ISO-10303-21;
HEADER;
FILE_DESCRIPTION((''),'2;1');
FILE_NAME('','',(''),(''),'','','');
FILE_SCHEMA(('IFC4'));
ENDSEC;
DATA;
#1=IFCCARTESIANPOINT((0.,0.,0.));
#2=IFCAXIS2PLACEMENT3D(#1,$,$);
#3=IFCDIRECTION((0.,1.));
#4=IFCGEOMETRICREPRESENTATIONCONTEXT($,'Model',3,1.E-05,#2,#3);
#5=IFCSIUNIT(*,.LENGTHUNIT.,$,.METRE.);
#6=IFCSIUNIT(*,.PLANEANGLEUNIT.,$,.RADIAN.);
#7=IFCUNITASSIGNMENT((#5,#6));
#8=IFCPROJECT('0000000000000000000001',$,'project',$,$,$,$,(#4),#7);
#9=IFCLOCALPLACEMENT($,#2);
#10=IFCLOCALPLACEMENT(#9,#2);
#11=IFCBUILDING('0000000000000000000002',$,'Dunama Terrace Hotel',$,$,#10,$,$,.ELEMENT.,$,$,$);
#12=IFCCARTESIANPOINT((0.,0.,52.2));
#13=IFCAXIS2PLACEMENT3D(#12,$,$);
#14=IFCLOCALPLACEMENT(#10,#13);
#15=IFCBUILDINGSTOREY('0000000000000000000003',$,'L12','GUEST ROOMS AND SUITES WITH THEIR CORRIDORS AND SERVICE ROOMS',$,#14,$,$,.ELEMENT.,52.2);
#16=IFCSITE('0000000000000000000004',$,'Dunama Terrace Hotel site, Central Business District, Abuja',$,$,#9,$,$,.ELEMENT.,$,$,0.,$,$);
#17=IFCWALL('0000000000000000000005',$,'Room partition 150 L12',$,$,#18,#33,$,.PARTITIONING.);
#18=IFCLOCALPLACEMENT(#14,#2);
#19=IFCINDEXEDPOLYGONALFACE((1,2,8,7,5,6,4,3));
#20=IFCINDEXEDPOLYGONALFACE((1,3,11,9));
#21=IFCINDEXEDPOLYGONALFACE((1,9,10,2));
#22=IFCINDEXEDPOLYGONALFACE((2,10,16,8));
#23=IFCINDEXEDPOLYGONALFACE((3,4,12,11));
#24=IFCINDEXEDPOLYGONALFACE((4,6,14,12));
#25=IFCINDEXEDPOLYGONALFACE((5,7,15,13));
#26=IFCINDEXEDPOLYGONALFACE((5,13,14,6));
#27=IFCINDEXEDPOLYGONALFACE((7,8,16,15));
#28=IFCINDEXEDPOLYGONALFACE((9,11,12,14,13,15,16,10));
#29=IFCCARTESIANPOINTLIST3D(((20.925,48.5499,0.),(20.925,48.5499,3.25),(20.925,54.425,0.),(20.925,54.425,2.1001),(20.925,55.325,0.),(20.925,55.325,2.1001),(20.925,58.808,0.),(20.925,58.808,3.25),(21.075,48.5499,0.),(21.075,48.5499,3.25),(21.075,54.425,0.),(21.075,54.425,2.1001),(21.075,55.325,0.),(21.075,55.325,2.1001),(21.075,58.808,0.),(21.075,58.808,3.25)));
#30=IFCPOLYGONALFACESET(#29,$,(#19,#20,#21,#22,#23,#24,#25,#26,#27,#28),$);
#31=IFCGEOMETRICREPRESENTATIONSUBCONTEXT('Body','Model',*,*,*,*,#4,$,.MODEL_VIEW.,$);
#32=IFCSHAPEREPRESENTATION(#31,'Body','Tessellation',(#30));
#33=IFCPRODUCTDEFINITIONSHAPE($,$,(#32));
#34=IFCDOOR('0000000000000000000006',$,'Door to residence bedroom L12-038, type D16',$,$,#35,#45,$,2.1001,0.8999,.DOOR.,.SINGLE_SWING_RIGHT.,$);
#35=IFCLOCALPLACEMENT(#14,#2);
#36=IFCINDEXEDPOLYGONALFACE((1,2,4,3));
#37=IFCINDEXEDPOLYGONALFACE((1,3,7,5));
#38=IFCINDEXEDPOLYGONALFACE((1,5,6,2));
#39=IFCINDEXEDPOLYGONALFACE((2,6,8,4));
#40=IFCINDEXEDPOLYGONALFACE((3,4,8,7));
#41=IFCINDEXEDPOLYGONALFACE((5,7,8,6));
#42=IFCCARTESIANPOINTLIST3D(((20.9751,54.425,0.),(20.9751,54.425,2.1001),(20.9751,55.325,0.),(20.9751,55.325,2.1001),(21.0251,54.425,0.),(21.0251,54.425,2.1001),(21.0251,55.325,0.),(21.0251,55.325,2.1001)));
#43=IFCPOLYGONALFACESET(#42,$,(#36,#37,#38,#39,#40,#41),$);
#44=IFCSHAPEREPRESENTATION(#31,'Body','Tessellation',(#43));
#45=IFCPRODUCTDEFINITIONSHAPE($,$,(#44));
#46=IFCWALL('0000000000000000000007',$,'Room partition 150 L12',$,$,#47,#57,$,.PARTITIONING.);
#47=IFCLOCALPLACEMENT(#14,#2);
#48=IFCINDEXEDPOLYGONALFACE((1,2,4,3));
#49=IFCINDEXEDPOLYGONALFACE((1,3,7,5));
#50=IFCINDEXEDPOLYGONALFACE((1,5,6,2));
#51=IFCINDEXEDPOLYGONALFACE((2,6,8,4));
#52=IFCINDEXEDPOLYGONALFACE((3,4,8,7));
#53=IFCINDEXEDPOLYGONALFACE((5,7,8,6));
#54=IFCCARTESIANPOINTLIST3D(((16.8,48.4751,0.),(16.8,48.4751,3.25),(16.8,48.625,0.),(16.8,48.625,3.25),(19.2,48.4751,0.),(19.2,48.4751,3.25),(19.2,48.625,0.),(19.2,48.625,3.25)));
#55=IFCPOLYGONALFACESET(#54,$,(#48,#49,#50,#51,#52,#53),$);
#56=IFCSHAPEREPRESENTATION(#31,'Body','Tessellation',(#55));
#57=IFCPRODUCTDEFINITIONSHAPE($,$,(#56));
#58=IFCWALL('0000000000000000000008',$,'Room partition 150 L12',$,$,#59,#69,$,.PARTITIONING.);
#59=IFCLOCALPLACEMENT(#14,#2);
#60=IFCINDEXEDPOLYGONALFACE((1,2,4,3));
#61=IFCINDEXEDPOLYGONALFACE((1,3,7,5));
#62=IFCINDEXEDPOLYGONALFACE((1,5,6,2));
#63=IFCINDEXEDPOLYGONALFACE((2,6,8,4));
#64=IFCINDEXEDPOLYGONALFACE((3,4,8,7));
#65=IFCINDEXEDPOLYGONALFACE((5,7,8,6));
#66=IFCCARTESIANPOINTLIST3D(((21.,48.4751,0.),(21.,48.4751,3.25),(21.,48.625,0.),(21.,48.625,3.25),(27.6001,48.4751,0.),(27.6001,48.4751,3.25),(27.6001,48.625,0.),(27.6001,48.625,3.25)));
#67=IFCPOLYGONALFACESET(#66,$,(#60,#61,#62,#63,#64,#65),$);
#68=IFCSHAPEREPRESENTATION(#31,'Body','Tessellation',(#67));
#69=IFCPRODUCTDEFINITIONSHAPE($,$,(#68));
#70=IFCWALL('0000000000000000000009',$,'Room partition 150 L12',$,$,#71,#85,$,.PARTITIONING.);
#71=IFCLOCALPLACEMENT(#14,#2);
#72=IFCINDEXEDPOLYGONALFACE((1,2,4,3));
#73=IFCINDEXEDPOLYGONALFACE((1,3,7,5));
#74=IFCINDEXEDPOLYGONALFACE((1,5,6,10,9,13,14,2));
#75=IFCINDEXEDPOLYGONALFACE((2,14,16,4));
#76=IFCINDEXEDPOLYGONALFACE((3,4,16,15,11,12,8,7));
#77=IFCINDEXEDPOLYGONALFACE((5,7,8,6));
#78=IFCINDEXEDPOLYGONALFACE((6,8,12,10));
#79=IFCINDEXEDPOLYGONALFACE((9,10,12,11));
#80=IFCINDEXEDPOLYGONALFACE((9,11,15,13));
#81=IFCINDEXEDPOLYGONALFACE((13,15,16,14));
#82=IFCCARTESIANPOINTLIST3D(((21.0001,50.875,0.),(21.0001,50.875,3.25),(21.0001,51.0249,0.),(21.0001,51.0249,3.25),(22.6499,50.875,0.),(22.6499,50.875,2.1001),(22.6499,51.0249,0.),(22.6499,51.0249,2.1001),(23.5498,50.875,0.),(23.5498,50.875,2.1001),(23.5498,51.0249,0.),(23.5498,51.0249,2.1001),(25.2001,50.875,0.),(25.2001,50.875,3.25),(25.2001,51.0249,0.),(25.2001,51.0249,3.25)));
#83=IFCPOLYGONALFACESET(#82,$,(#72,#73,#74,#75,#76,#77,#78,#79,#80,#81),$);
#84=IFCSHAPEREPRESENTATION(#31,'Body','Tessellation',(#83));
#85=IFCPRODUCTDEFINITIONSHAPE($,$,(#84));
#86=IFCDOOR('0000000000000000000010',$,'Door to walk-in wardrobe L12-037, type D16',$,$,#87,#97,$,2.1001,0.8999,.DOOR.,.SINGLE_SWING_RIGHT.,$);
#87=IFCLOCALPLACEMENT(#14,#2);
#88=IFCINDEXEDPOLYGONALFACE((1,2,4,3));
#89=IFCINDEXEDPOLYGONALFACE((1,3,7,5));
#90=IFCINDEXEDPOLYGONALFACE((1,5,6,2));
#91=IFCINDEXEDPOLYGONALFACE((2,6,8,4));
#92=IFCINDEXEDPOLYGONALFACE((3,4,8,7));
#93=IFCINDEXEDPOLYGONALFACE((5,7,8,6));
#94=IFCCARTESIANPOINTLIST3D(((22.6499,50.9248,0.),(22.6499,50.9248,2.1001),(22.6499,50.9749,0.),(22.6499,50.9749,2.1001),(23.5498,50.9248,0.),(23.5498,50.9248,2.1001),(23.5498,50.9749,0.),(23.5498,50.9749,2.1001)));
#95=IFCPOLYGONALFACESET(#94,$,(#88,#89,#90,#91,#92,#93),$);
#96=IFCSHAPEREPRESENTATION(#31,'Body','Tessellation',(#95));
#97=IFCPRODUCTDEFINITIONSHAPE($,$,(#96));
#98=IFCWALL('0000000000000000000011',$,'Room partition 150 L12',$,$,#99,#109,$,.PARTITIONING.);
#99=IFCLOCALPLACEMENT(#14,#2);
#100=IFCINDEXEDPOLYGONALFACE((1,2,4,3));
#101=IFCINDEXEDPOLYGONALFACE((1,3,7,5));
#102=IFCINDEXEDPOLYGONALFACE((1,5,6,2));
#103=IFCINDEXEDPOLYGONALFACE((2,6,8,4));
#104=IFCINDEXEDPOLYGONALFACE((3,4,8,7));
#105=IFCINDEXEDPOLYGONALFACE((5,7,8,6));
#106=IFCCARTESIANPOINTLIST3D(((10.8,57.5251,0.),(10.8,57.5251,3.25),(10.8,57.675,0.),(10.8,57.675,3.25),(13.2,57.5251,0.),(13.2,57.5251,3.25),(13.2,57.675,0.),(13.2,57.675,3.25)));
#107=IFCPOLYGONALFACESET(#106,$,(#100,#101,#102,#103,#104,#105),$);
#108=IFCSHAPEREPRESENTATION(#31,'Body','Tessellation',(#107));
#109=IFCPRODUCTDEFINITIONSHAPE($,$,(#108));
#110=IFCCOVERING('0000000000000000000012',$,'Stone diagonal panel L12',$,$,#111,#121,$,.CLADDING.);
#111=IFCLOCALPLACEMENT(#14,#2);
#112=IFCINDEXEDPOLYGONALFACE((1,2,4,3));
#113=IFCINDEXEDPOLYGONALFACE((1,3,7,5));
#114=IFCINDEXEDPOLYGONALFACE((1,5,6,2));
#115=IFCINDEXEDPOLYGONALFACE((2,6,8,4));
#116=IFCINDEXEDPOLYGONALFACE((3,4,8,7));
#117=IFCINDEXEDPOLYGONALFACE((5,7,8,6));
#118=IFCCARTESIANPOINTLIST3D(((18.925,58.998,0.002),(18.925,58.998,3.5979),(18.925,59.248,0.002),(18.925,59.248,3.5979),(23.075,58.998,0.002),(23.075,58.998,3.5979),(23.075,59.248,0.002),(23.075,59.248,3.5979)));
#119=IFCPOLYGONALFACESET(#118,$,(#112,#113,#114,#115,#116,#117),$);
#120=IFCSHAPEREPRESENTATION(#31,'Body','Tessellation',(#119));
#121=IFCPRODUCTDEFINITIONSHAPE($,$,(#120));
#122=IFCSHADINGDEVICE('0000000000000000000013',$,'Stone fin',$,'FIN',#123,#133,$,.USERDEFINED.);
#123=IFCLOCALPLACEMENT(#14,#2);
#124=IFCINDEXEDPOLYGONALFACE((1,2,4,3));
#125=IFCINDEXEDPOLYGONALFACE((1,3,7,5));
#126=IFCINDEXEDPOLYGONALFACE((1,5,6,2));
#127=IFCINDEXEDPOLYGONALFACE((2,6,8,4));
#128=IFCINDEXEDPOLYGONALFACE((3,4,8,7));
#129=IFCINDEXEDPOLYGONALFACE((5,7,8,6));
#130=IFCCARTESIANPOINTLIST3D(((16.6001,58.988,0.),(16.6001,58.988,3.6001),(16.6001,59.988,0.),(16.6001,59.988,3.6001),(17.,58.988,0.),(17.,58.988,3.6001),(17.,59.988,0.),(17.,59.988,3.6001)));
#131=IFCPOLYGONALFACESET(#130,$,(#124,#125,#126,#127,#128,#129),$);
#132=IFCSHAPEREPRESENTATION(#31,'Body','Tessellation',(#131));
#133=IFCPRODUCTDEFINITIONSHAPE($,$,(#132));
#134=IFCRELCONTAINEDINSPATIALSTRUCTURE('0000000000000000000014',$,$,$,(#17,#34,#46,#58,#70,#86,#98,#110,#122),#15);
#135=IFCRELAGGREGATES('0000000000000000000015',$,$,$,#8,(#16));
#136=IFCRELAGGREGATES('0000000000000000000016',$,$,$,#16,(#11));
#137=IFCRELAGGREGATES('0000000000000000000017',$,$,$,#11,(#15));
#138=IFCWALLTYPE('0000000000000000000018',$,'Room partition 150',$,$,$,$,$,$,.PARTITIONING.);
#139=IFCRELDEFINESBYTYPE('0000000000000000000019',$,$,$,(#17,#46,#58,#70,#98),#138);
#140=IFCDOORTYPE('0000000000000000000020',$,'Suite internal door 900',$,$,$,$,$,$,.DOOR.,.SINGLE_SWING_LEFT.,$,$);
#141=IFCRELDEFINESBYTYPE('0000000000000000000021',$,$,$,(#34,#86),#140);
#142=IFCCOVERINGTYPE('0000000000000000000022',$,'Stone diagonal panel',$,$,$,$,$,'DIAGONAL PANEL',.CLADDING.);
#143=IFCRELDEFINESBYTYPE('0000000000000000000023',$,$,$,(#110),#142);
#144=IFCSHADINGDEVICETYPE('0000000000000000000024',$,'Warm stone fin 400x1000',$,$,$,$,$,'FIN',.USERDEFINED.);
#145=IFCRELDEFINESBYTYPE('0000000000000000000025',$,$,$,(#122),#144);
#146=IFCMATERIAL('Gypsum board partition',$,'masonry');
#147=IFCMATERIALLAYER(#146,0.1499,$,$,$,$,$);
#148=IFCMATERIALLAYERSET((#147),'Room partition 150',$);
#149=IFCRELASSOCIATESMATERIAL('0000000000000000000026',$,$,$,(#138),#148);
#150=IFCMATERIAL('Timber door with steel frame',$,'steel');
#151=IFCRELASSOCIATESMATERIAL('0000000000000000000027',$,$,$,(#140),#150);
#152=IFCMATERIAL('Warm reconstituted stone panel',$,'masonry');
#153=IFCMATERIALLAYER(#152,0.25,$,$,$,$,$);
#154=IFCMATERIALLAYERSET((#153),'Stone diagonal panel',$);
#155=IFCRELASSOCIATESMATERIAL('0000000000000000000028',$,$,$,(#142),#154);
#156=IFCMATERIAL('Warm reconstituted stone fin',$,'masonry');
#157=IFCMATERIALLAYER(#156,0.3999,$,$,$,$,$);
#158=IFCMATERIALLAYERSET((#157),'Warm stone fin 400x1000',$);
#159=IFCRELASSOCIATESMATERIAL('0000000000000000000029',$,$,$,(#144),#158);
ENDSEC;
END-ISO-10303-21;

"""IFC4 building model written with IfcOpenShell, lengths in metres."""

from ifc_helpers import new_model, si_unit, direction, frame, frame_2d, origin, origin_2d, place, context, subcontext, project, spatial, rectangle, extrude, material, layer, layer_set, type_object, element, fill, save


model = new_model("IFC4")

# Units and contexts
model_context = context("Model", 3, precision=1e-05, world=origin(), true_north=direction((0.0, 1.0)))
body_context = subcontext(model_context, "Body", "Model", "MODEL_VIEW")
ifc_project = project(units=[si_unit("LENGTHUNIT", "METRE"), si_unit("PLANEANGLEUNIT", "RADIAN")], contexts=[model_context])

# Site, building, storey
site_placement = place(None, origin())
site = spatial("IfcSite", under=ifc_project, at=site_placement, Name="Dunama Terrace Hotel site, Central Business District, Abuja", CompositionType="ELEMENT", RefElevation=0.0)
building_placement = place(site_placement, origin())
building = spatial("IfcBuilding", under=site, at=building_placement, Name="Dunama Terrace Hotel", CompositionType="ELEMENT")
storey_placement = place(building_placement, frame((0.0, 0.0, 52.2)))
storey = spatial("IfcBuildingStorey", under=building, at=storey_placement, Name="L12", Description="GUEST ROOMS AND SUITES WITH THEIR CORRIDORS AND SERVICE ROOMS", CompositionType="ELEMENT", Elevation=52.2)

# Shared definitions
ifc_material_1 = material(Name="Gypsum board partition", Category="masonry")
ifc_layer_1 = layer(ifc_material_1, 0.1499)
ifc_layer_set_1 = layer_set([ifc_layer_1], Name="Room partition 150")
wall_type_1 = type_object("IfcWallType", Name="Room partition 150", PredefinedType="PARTITIONING", material=ifc_layer_set_1)

# Wall, opening, door
wall_1_placement = place(storey_placement, frame((21.0, 48.55, 0.0), z_axis=(0.0, 0.0, 1.0), x_axis=(0.0, 1.0, 0.0)))
wall_1 = element("IfcWall", 1, at=wall_1_placement, inside=storey, type_object=wall_type_1, Name="Room partition 150 L12", PredefinedType="PARTITIONING", context=body_context, shape_type="SweptSolid", body=[
    extrude(rectangle(XDim=10.2581, YDim=0.1499, at=frame_2d((5.1289, 0.0))), origin(), (0.0, 0.0, 1.0), 3.25),
])
opening_1_placement = place(wall_1_placement, frame((5.875, 0.0, 0.0)))
opening_1 = element("IfcOpeningElement", 2, at=opening_1_placement, cuts=wall_1, PredefinedType="OPENING", context=body_context, shape_type="SweptSolid", body=[
    extrude(rectangle(XDim=0.8999, YDim=2.1001, at=frame_2d((0.45, 1.05))), frame((0.0, 0.085, 0.0), z_axis=(0.0, -1.0, 0.0), x_axis=(1.0, 0.0, 0.0)), (0.0, 0.0, 1.0), 0.1699),
])
ifc_material_2 = material(Name="Timber door with steel frame", Category="steel")
door_type_1 = type_object("IfcDoorType", Name="Suite internal door 900", OperationType="SINGLE_SWING_LEFT", PredefinedType="DOOR", material=ifc_material_2)
door_1_placement = place(opening_1_placement, frame((0.8999, 0.0, 0.0), z_axis=(0.0, 0.0, 1.0), x_axis=(-1.0, 0.0, 0.0)))
door_1 = element("IfcDoor", 3, at=door_1_placement, inside=storey, type_object=door_type_1, Name="Door to residence bedroom L12-038, type D16", OperationType="SINGLE_SWING_RIGHT", OverallHeight=2.1001, OverallWidth=0.8999, PredefinedType="DOOR", context=body_context, shape_type="SweptSolid", body=[
    extrude(rectangle(XDim=0.8999, YDim=2.1001, at=frame_2d((0.45, 1.05))), frame((0.0, 0.0251, 0.0), z_axis=(0.0, -1.0, 0.0), x_axis=(1.0, 0.0, 0.0)), (0.0, 0.0, 1.0), 0.05),
])
fill(opening_1, door_1)

# Walls
wall_2_placement = place(storey_placement, frame((16.8, 48.55, 0.0), z_axis=(0.0, 0.0, 1.0), x_axis=(1.0, 0.0, 0.0)))
element("IfcWall", 4, at=wall_2_placement, inside=storey, type_object=wall_type_1, Name="Room partition 150 L12", PredefinedType="PARTITIONING", context=body_context, shape_type="SweptSolid", body=[
    extrude(rectangle(XDim=2.3999, YDim=0.1499, at=frame_2d((1.2, 0.0))), origin(), (0.0, 0.0, 1.0), 3.25),
])
wall_3_placement = place(storey_placement, frame((21.0, 48.55, 0.0), z_axis=(0.0, 0.0, 1.0), x_axis=(1.0, 0.0, 0.0)))
element("IfcWall", 5, at=wall_3_placement, inside=storey, type_object=wall_type_1, Name="Room partition 150 L12", PredefinedType="PARTITIONING", context=body_context, shape_type="SweptSolid", body=[
    extrude(rectangle(XDim=6.6001, YDim=0.1499, at=frame_2d((3.3, 0.0))), origin(), (0.0, 0.0, 1.0), 3.25),
])

# Wall, opening, door
wall_4_placement = place(storey_placement, frame((21.0, 50.95, 0.0), z_axis=(0.0, 0.0, 1.0), x_axis=(1.0, 0.0, 0.0)))
wall_4 = element("IfcWall", 6, at=wall_4_placement, inside=storey, type_object=wall_type_1, Name="Room partition 150 L12", PredefinedType="PARTITIONING", context=body_context, shape_type="SweptSolid", body=[
    extrude(rectangle(XDim=4.2, YDim=0.1499, at=frame_2d((2.1001, 0.0))), origin(), (0.0, 0.0, 1.0), 3.25),
])
opening_2_placement = place(wall_4_placement, frame((1.6499, 0.0, 0.0)))
opening_2 = element("IfcOpeningElement", 7, at=opening_2_placement, cuts=wall_4, PredefinedType="OPENING", context=body_context, shape_type="SweptSolid", body=[
    extrude(rectangle(XDim=0.8999, YDim=2.1001, at=frame_2d((0.45, 1.05))), frame((0.0, 0.085, 0.0), z_axis=(0.0, -1.0, 0.0), x_axis=(1.0, 0.0, 0.0)), (0.0, 0.0, 1.0), 0.1699),
])
door_2_placement = place(opening_2_placement, frame((0.8999, 0.0, 0.0), z_axis=(0.0, 0.0, 1.0), x_axis=(-1.0, 0.0, 0.0)))
door_2 = element("IfcDoor", 8, at=door_2_placement, inside=storey, type_object=door_type_1, Name="Door to walk-in wardrobe L12-037, type D16", OperationType="SINGLE_SWING_RIGHT", OverallHeight=2.1001, OverallWidth=0.8999, PredefinedType="DOOR", context=body_context, shape_type="SweptSolid", body=[
    extrude(rectangle(XDim=0.8999, YDim=2.1001, at=frame_2d((0.45, 1.05))), frame((0.0, 0.0251, 0.0), z_axis=(0.0, -1.0, 0.0), x_axis=(1.0, 0.0, 0.0)), (0.0, 0.0, 1.0), 0.05),
])
fill(opening_2, door_2)

# Wall
wall_5_placement = place(storey_placement, frame((10.8, 57.6001, 0.0), z_axis=(0.0, 0.0, 1.0), x_axis=(1.0, 0.0, 0.0)))
element("IfcWall", 9, at=wall_5_placement, inside=storey, type_object=wall_type_1, Name="Room partition 150 L12", PredefinedType="PARTITIONING", context=body_context, shape_type="SweptSolid", body=[
    extrude(rectangle(XDim=2.3999, YDim=0.1499, at=frame_2d((1.2, 0.0))), origin(), (0.0, 0.0, 1.0), 3.25),
])

# Covering
ifc_material_3 = material(Name="Warm reconstituted stone panel", Category="masonry")
ifc_layer_2 = layer(ifc_material_3, 0.25)
ifc_layer_set_2 = layer_set([ifc_layer_2], Name="Stone diagonal panel")
covering_type = type_object("IfcCoveringType", Name="Stone diagonal panel", ElementType="DIAGONAL PANEL", PredefinedType="CLADDING", material=ifc_layer_set_2)
covering_placement = place(storey_placement, frame((21.0, 59.123, 0.002), z_axis=(0.0, 0.0, 1.0), x_axis=(-1.0, 0.0, 0.0)))
element("IfcCovering", 10, at=covering_placement, inside=storey, type_object=covering_type, Name="Stone diagonal panel L12", PredefinedType="CLADDING", context=body_context, shape_type="SweptSolid", body=[
    extrude(rectangle(XDim=4.1499, YDim=0.25, at=origin_2d()), origin(), (0.0, 0.0, 1.0), 3.5959),
])

# Shading device
ifc_material_4 = material(Name="Warm reconstituted stone fin", Category="masonry")
ifc_layer_3 = layer(ifc_material_4, 0.3999)
ifc_layer_set_3 = layer_set([ifc_layer_3], Name="Warm stone fin 400x1000")
shading_device_type = type_object("IfcShadingDeviceType", Name="Warm stone fin 400x1000", ElementType="FIN", PredefinedType="USERDEFINED", material=ifc_layer_set_3)
shading_device_placement = place(storey_placement, frame((16.8, 59.488, 0.0), z_axis=(0.0, 0.0, 1.0), x_axis=(-1.0, 0.0, 0.0)))
element("IfcShadingDevice", 11, at=shading_device_placement, inside=storey, type_object=shading_device_type, Name="Stone fin", ObjectType="FIN", PredefinedType="USERDEFINED", context=body_context, shape_type="SweptSolid", body=[
    extrude(rectangle(XDim=0.3999, YDim=1.0, at=origin_2d()), origin(), (0.0, 0.0, 1.0), 3.6001),
])

save(model, "model.ifc")
